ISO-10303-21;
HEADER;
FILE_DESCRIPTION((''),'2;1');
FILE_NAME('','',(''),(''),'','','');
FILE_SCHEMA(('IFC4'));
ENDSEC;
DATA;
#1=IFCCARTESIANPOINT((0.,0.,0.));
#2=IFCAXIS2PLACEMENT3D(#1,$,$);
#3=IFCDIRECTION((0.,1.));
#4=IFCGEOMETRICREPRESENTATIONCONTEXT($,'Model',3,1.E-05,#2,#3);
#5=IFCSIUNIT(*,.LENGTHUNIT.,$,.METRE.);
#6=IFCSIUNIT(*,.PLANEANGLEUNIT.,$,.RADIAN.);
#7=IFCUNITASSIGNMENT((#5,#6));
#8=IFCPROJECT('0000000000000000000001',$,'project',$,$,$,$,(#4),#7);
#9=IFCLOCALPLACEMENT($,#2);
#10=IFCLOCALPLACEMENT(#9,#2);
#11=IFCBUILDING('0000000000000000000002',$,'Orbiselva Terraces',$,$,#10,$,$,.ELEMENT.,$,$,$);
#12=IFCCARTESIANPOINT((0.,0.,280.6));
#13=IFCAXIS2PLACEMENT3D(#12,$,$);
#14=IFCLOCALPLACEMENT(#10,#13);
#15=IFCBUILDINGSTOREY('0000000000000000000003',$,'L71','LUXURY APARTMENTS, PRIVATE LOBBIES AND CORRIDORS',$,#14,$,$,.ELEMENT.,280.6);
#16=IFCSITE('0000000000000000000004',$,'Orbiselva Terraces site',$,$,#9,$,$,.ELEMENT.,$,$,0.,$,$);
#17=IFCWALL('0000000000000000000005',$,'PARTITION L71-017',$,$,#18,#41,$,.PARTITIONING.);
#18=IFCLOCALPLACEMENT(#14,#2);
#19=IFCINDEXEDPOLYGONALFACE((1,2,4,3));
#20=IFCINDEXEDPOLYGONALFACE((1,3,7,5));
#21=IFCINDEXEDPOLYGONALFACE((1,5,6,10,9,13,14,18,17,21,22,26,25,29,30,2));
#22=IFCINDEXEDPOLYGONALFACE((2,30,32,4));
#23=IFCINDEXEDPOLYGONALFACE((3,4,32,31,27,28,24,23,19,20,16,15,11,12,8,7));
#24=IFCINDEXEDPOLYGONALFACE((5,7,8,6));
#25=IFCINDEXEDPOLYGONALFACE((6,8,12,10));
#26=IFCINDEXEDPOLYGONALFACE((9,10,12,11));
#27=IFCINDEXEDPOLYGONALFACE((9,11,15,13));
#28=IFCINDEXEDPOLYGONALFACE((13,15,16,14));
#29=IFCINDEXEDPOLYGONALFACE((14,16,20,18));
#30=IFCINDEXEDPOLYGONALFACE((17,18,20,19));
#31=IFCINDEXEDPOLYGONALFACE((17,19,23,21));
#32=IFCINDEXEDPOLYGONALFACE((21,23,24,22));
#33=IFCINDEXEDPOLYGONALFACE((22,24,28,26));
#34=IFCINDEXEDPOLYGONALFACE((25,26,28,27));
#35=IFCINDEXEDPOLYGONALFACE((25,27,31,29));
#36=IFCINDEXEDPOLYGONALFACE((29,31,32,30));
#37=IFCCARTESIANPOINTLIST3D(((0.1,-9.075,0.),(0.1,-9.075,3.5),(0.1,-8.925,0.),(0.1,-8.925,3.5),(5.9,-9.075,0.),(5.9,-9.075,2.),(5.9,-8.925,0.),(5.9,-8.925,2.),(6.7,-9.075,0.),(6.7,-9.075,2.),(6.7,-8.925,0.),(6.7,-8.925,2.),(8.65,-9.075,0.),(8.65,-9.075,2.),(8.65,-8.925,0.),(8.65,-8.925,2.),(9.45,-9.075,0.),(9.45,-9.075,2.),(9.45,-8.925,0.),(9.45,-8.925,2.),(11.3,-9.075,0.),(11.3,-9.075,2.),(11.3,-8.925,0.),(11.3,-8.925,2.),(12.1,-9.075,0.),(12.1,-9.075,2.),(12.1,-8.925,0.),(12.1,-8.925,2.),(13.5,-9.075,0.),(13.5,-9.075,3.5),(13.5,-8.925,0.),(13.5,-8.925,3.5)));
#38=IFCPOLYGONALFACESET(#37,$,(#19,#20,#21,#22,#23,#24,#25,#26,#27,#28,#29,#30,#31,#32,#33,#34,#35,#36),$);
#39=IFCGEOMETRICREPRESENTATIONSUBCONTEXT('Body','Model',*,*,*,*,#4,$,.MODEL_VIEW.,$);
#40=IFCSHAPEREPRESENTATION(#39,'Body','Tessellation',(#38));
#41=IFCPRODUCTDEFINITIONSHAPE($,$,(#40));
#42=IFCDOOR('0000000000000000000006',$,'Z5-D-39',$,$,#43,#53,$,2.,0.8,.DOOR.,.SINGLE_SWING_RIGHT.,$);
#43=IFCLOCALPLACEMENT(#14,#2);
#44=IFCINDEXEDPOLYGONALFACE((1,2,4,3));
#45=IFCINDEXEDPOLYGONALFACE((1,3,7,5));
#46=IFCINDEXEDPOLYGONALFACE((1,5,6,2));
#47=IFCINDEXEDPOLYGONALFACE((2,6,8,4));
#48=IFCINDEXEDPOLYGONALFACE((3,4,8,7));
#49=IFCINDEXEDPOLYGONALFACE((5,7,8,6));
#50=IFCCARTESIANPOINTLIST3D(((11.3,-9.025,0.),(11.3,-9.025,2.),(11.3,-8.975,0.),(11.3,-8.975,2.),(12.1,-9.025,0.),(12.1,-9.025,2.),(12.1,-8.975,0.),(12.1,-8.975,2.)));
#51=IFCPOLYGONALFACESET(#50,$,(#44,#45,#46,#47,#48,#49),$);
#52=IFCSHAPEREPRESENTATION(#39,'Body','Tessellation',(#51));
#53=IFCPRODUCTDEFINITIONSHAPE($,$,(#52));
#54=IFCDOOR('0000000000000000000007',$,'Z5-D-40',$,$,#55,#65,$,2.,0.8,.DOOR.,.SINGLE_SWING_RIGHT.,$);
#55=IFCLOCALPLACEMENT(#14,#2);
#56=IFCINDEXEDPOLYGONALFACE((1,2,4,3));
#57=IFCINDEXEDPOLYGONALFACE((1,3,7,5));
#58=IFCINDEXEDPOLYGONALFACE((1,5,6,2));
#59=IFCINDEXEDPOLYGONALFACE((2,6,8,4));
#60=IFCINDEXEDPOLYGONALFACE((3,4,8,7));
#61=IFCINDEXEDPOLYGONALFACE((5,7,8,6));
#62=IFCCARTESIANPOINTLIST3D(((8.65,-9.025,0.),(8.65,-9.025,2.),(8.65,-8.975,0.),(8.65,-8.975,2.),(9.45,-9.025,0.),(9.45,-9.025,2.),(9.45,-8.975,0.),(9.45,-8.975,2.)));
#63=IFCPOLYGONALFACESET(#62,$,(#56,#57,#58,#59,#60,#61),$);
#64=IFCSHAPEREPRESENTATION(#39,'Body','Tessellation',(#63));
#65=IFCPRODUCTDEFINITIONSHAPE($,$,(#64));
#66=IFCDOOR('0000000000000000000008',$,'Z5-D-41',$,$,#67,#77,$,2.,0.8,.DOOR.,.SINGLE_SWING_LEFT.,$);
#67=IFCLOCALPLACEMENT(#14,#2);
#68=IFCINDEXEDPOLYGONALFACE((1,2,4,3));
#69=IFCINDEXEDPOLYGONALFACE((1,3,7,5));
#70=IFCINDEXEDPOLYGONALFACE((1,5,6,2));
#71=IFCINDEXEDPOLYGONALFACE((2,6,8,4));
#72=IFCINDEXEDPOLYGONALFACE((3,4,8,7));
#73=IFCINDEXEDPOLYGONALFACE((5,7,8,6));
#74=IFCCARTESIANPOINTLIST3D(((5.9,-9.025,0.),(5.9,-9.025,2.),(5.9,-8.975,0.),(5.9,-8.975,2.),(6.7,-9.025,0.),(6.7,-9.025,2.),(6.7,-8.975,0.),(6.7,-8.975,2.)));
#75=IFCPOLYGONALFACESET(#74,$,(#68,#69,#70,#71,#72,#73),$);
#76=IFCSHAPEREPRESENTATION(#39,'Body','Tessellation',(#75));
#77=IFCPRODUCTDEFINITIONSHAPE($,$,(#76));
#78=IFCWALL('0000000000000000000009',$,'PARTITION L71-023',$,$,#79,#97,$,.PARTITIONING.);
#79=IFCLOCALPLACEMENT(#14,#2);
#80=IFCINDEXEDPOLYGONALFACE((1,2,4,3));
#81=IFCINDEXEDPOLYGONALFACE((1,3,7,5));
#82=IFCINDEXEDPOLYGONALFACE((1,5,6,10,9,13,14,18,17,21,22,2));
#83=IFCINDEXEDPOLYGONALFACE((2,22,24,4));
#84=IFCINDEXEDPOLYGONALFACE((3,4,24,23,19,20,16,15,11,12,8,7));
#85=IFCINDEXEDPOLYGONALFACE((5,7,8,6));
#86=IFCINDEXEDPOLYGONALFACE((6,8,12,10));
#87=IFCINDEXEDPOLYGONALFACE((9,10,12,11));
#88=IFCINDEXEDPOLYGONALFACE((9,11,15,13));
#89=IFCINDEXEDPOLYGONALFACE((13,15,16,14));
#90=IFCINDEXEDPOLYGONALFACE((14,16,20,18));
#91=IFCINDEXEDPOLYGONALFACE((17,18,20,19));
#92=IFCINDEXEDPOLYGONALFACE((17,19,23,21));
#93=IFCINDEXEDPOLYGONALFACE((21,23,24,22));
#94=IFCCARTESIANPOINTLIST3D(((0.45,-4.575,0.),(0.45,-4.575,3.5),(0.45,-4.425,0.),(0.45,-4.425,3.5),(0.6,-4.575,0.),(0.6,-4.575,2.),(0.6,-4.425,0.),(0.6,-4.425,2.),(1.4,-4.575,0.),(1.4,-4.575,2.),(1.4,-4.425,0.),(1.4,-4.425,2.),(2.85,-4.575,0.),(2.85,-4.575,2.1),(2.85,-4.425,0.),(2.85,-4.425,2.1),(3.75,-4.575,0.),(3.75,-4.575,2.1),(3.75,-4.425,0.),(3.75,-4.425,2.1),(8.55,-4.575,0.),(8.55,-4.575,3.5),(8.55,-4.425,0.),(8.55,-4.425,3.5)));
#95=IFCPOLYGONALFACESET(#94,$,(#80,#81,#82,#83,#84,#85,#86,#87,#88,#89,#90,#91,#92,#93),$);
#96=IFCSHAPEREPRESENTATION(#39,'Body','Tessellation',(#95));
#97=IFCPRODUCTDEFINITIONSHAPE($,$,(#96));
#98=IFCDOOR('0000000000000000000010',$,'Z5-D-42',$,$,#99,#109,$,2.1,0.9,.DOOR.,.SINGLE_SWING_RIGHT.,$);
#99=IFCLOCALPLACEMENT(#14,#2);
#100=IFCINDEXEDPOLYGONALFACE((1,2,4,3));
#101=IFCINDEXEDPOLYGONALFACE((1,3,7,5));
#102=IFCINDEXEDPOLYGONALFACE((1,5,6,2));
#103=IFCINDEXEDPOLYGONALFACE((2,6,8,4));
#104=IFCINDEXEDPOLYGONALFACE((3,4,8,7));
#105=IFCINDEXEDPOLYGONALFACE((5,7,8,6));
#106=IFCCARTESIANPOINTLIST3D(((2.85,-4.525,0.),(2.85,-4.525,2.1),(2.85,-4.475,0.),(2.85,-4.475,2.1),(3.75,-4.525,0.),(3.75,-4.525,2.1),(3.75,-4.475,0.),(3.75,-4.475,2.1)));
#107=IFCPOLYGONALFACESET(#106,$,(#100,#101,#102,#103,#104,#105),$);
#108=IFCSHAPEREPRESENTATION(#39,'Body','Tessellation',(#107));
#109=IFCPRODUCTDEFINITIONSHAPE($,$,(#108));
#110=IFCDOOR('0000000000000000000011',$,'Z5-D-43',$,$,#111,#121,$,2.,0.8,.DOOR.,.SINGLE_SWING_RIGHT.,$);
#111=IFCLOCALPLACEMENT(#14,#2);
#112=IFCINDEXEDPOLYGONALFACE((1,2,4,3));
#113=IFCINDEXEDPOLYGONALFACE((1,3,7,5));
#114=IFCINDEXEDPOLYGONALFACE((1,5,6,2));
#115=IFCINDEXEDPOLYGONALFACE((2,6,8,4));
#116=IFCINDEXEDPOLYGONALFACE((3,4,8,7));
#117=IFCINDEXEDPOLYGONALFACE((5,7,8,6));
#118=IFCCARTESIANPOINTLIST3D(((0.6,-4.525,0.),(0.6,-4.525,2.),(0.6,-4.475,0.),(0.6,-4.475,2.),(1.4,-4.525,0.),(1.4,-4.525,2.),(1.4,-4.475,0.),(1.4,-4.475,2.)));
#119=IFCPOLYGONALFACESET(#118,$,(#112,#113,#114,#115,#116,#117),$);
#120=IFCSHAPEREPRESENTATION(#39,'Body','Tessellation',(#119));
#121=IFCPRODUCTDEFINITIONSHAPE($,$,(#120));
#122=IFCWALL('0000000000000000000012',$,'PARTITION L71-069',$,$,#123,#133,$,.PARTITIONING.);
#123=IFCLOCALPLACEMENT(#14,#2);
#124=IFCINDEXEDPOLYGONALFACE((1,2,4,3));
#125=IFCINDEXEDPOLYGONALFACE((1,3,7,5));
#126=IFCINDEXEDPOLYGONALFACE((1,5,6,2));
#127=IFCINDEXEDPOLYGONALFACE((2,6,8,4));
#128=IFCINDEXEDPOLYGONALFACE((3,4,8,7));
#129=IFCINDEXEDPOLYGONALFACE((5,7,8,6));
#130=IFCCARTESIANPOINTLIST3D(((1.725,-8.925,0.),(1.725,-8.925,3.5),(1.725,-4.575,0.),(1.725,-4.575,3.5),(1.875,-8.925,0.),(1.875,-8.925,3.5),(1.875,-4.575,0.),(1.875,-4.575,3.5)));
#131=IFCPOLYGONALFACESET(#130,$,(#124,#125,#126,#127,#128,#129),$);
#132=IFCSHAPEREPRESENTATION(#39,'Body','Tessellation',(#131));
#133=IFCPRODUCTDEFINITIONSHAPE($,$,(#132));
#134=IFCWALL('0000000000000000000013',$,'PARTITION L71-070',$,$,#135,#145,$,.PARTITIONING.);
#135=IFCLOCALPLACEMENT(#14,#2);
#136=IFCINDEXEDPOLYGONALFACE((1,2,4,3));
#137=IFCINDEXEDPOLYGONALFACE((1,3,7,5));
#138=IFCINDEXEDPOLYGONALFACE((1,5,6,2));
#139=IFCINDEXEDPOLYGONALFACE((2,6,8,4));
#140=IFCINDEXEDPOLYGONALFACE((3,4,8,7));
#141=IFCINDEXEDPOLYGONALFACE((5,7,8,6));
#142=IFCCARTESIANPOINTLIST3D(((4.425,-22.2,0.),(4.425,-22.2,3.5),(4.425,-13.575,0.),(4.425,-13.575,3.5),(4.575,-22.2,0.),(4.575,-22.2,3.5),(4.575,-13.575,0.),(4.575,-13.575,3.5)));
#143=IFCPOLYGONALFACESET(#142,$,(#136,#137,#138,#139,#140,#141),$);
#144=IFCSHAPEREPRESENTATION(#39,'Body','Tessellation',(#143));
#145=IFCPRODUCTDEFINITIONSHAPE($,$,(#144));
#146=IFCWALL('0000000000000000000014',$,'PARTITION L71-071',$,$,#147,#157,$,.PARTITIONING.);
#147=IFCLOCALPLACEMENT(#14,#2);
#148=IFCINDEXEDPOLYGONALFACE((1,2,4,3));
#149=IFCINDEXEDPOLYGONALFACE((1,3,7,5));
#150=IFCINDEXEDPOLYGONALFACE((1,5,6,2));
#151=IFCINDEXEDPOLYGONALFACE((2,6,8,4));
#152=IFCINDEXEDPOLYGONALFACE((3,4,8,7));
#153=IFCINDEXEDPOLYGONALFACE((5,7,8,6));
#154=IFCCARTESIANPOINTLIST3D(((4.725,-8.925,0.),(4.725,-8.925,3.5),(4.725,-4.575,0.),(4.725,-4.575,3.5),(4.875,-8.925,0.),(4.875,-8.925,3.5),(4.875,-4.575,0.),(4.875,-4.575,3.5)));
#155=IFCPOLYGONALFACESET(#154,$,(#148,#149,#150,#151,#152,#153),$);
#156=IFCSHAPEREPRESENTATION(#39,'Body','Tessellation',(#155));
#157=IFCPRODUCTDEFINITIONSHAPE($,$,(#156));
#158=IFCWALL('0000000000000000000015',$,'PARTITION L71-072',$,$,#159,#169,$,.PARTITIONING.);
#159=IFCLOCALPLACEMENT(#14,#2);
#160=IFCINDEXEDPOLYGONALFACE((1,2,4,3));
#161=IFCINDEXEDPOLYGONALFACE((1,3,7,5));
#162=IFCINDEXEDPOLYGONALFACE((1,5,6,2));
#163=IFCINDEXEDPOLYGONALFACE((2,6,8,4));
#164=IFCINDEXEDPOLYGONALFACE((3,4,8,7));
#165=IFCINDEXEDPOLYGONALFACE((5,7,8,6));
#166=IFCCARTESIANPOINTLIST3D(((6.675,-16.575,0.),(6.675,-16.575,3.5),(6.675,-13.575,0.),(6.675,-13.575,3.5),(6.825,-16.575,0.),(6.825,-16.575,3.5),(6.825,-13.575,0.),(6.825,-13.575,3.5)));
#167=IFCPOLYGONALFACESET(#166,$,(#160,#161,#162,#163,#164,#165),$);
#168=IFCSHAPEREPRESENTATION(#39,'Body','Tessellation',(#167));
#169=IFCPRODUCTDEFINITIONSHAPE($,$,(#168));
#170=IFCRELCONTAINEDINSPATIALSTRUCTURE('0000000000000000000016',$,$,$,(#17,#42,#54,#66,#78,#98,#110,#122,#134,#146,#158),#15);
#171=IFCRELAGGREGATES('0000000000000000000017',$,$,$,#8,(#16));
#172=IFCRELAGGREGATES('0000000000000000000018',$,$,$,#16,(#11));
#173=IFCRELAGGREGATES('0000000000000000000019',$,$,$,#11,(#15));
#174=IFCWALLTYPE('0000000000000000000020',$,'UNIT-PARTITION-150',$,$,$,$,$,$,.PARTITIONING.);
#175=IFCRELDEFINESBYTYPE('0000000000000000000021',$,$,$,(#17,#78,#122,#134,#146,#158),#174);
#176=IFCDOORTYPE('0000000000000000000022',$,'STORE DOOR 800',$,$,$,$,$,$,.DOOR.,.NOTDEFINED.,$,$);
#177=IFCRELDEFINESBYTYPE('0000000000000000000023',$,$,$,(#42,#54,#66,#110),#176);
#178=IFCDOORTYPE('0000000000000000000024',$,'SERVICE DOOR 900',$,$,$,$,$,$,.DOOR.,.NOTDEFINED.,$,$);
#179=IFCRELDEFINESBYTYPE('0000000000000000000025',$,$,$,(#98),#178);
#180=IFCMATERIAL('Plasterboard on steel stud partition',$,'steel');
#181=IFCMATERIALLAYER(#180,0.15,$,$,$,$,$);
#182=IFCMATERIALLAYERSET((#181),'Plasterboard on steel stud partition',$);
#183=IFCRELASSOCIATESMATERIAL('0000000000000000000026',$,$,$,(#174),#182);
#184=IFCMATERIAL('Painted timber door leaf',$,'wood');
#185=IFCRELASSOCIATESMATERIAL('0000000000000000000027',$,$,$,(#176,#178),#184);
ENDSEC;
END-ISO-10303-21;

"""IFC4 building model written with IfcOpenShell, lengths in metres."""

from ifc_helpers import new_model, si_unit, direction, frame, frame_2d, origin, place, context, subcontext, project, spatial, rectangle, extrude, material, layer, layer_set, type_object, element, fill, save


model = new_model("IFC4")

# Units and contexts
model_context = context("Model", 3, precision=1e-05, world=origin(), true_north=direction((0.0, 1.0)))
body_context = subcontext(model_context, "Body", "Model", "MODEL_VIEW")
ifc_project = project(units=[si_unit("LENGTHUNIT", "METRE"), si_unit("PLANEANGLEUNIT", "RADIAN")], contexts=[model_context])

# Site, building, storey
site_placement = place(None, origin())
site = spatial("IfcSite", under=ifc_project, at=site_placement, Name="Orbiselva Terraces site", CompositionType="ELEMENT", RefElevation=0.0)
building_placement = place(site_placement, origin())
building = spatial("IfcBuilding", under=site, at=building_placement, Name="Orbiselva Terraces", CompositionType="ELEMENT")
storey_placement = place(building_placement, frame((0.0, 0.0, 280.6)))
storey = spatial("IfcBuildingStorey", under=building, at=storey_placement, Name="L71", Description="LUXURY APARTMENTS, PRIVATE LOBBIES AND CORRIDORS", CompositionType="ELEMENT", Elevation=280.6)

# Shared definitions
ifc_material_1 = material(Name="Plasterboard on steel stud partition", Category="steel")
ifc_layer_1 = layer(ifc_material_1, 0.15)
ifc_layer_set_1 = layer_set([ifc_layer_1], Name="Plasterboard on steel stud partition")
wall_type_1 = type_object("IfcWallType", Name="UNIT-PARTITION-150", PredefinedType="PARTITIONING", material=ifc_layer_set_1)
ifc_material_2 = material(Name="Painted timber door leaf", Category="wood")

# Walls, openings, doors
wall_1_placement = place(storey_placement, frame((0.1, -9.0, 0.0), z_axis=(0.0, 0.0, 1.0), x_axis=(1.0, 0.0, 0.0)))
wall_1 = element("IfcWall", 1, at=wall_1_placement, inside=storey, type_object=wall_type_1, Name="PARTITION L71-017", PredefinedType="PARTITIONING", context=body_context, shape_type="SweptSolid", body=[
    extrude(rectangle(XDim=13.4, YDim=0.15, at=frame_2d((6.7, 0.0))), origin(), (0.0, 0.0, 1.0), 3.5),
])
opening_1_placement = place(wall_1_placement, frame((11.2, 0.0, 0.0)))
opening_1 = element("IfcOpeningElement", 2, at=opening_1_placement, cuts=wall_1, PredefinedType="OPENING", context=body_context, shape_type="SweptSolid", body=[
    extrude(rectangle(XDim=0.8, YDim=2.0, at=frame_2d((0.4, 1.0))), frame((0.0, 0.085, 0.0), z_axis=(0.0, -1.0, 0.0), x_axis=(1.0, 0.0, 0.0)), (0.0, 0.0, 1.0), 0.17),
])
opening_2_placement = place(wall_1_placement, frame((8.55, 0.0, 0.0)))
opening_2 = element("IfcOpeningElement", 3, at=opening_2_placement, cuts=wall_1, PredefinedType="OPENING", context=body_context, shape_type="SweptSolid", body=[
    extrude(rectangle(XDim=0.8, YDim=2.0, at=frame_2d((0.4, 1.0))), frame((0.0, 0.085, 0.0), z_axis=(0.0, -1.0, 0.0), x_axis=(1.0, 0.0, 0.0)), (0.0, 0.0, 1.0), 0.17),
])
opening_3_placement = place(wall_1_placement, frame((5.8, 0.0, 0.0)))
opening_3 = element("IfcOpeningElement", 4, at=opening_3_placement, cuts=wall_1, PredefinedType="OPENING", context=body_context, shape_type="SweptSolid", body=[
    extrude(rectangle(XDim=0.8, YDim=2.0, at=frame_2d((0.4, 1.0))), frame((0.0, 0.085, 0.0), z_axis=(0.0, -1.0, 0.0), x_axis=(1.0, 0.0, 0.0)), (0.0, 0.0, 1.0), 0.17),
])
door_type_1 = type_object("IfcDoorType", Name="STORE DOOR 800", OperationType="NOTDEFINED", PredefinedType="DOOR", material=ifc_material_2)
door_1_placement = place(opening_1_placement, origin())
door_1 = element("IfcDoor", 5, at=door_1_placement, inside=storey, type_object=door_type_1, Name="Z5-D-39", OperationType="SINGLE_SWING_RIGHT", OverallHeight=2.0, OverallWidth=0.8, PredefinedType="DOOR", context=body_context, shape_type="SweptSolid", body=[
    extrude(rectangle(XDim=0.8, YDim=2.0, at=frame_2d((0.4, 1.0))), frame((0.0, 0.025, 0.0), z_axis=(0.0, -1.0, 0.0), x_axis=(1.0, 0.0, 0.0)), (0.0, 0.0, 1.0), 0.05),
])
fill(opening_1, door_1)
door_2_placement = place(opening_2_placement, origin())
door_2 = element("IfcDoor", 6, at=door_2_placement, inside=storey, type_object=door_type_1, Name="Z5-D-40", OperationType="SINGLE_SWING_RIGHT", OverallHeight=2.0, OverallWidth=0.8, PredefinedType="DOOR", context=body_context, shape_type="SweptSolid", body=[
    extrude(rectangle(XDim=0.8, YDim=2.0, at=frame_2d((0.4, 1.0))), frame((0.0, 0.025, 0.0), z_axis=(0.0, -1.0, 0.0), x_axis=(1.0, 0.0, 0.0)), (0.0, 0.0, 1.0), 0.05),
])
fill(opening_2, door_2)
door_3_placement = place(opening_3_placement, origin())
door_3 = element("IfcDoor", 7, at=door_3_placement, inside=storey, type_object=door_type_1, Name="Z5-D-41", OperationType="SINGLE_SWING_LEFT", OverallHeight=2.0, OverallWidth=0.8, PredefinedType="DOOR", context=body_context, shape_type="SweptSolid", body=[
    extrude(rectangle(XDim=0.8, YDim=2.0, at=frame_2d((0.4, 1.0))), frame((0.0, 0.025, 0.0), z_axis=(0.0, -1.0, 0.0), x_axis=(1.0, 0.0, 0.0)), (0.0, 0.0, 1.0), 0.05),
])
fill(opening_3, door_3)
wall_2_placement = place(storey_placement, frame((8.55, -4.5, 0.0), z_axis=(0.0, 0.0, 1.0), x_axis=(-1.0, 0.0, 0.0)))
wall_2 = element("IfcWall", 8, at=wall_2_placement, inside=storey, type_object=wall_type_1, Name="PARTITION L71-023", PredefinedType="PARTITIONING", context=body_context, shape_type="SweptSolid", body=[
    extrude(rectangle(XDim=8.1, YDim=0.15, at=frame_2d((4.05, 0.0))), origin(), (0.0, 0.0, 1.0), 3.5),
])
opening_4_placement = place(wall_2_placement, frame((4.8, 0.0, 0.0)))
opening_4 = element("IfcOpeningElement", 9, at=opening_4_placement, cuts=wall_2, PredefinedType="OPENING", context=body_context, shape_type="SweptSolid", body=[
    extrude(rectangle(XDim=0.9, YDim=2.1, at=frame_2d((0.45, 1.05))), frame((0.0, 0.085, 0.0), z_axis=(0.0, -1.0, 0.0), x_axis=(1.0, 0.0, 0.0)), (0.0, 0.0, 1.0), 0.17),
])
opening_5_placement = place(wall_2_placement, frame((7.15, 0.0, 0.0)))
opening_5 = element("IfcOpeningElement", 10, at=opening_5_placement, cuts=wall_2, PredefinedType="OPENING", context=body_context, shape_type="SweptSolid", body=[
    extrude(rectangle(XDim=0.8, YDim=2.0, at=frame_2d((0.4, 1.0))), frame((0.0, 0.085, 0.0), z_axis=(0.0, -1.0, 0.0), x_axis=(1.0, 0.0, 0.0)), (0.0, 0.0, 1.0), 0.17),
])
door_type_2 = type_object("IfcDoorType", Name="SERVICE DOOR 900", OperationType="NOTDEFINED", PredefinedType="DOOR", material=ifc_material_2)
door_4_placement = place(opening_4_placement, origin())
door_4 = element("IfcDoor", 11, at=door_4_placement, inside=storey, type_object=door_type_2, Name="Z5-D-42", OperationType="SINGLE_SWING_RIGHT", OverallHeight=2.1, OverallWidth=0.9, PredefinedType="DOOR", context=body_context, shape_type="SweptSolid", body=[
    extrude(rectangle(XDim=0.9, YDim=2.1, at=frame_2d((0.45, 1.05))), frame((0.0, 0.025, 0.0), z_axis=(0.0, -1.0, 0.0), x_axis=(1.0, 0.0, 0.0)), (0.0, 0.0, 1.0), 0.05),
])
fill(opening_4, door_4)
door_5_placement = place(opening_5_placement, origin())
door_5 = element("IfcDoor", 12, at=door_5_placement, inside=storey, type_object=door_type_1, Name="Z5-D-43", OperationType="SINGLE_SWING_RIGHT", OverallHeight=2.0, OverallWidth=0.8, PredefinedType="DOOR", context=body_context, shape_type="SweptSolid", body=[
    extrude(rectangle(XDim=0.8, YDim=2.0, at=frame_2d((0.4, 1.0))), frame((0.0, 0.025, 0.0), z_axis=(0.0, -1.0, 0.0), x_axis=(1.0, 0.0, 0.0)), (0.0, 0.0, 1.0), 0.05),
])
fill(opening_5, door_5)

# Walls
wall_3_placement = place(storey_placement, frame((1.8, -8.925, 0.0), z_axis=(0.0, 0.0, 1.0), x_axis=(0.0, 1.0, 0.0)))
element("IfcWall", 13, at=wall_3_placement, inside=storey, type_object=wall_type_1, Name="PARTITION L71-069", PredefinedType="PARTITIONING", context=body_context, shape_type="SweptSolid", body=[
    extrude(rectangle(XDim=4.35, YDim=0.15, at=frame_2d((2.175, 0.0))), origin(), (0.0, 0.0, 1.0), 3.5),
])
wall_4_placement = place(storey_placement, frame((4.5, -22.2, 0.0), z_axis=(0.0, 0.0, 1.0), x_axis=(0.0, 1.0, 0.0)))
element("IfcWall", 14, at=wall_4_placement, inside=storey, type_object=wall_type_1, Name="PARTITION L71-070", PredefinedType="PARTITIONING", context=body_context, shape_type="SweptSolid", body=[
    extrude(rectangle(XDim=8.625, YDim=0.15, at=frame_2d((4.3125, 0.0))), origin(), (0.0, 0.0, 1.0), 3.5),
])
wall_5_placement = place(storey_placement, frame((4.8, -8.925, 0.0), z_axis=(0.0, 0.0, 1.0), x_axis=(0.0, 1.0, 0.0)))
element("IfcWall", 15, at=wall_5_placement, inside=storey, type_object=wall_type_1, Name="PARTITION L71-071", PredefinedType="PARTITIONING", context=body_context, shape_type="SweptSolid", body=[
    extrude(rectangle(XDim=4.35, YDim=0.15, at=frame_2d((2.175, 0.0))), origin(), (0.0, 0.0, 1.0), 3.5),
])
wall_6_placement = place(storey_placement, frame((6.75, -16.575, 0.0), z_axis=(0.0, 0.0, 1.0), x_axis=(0.0, 1.0, 0.0)))
element("IfcWall", 16, at=wall_6_placement, inside=storey, type_object=wall_type_1, Name="PARTITION L71-072", PredefinedType="PARTITIONING", context=body_context, shape_type="SweptSolid", body=[
    extrude(rectangle(XDim=3.0, YDim=0.15, at=frame_2d((1.5, 0.0))), origin(), (0.0, 0.0, 1.0), 3.5),
])

save(model, "model.ifc")
